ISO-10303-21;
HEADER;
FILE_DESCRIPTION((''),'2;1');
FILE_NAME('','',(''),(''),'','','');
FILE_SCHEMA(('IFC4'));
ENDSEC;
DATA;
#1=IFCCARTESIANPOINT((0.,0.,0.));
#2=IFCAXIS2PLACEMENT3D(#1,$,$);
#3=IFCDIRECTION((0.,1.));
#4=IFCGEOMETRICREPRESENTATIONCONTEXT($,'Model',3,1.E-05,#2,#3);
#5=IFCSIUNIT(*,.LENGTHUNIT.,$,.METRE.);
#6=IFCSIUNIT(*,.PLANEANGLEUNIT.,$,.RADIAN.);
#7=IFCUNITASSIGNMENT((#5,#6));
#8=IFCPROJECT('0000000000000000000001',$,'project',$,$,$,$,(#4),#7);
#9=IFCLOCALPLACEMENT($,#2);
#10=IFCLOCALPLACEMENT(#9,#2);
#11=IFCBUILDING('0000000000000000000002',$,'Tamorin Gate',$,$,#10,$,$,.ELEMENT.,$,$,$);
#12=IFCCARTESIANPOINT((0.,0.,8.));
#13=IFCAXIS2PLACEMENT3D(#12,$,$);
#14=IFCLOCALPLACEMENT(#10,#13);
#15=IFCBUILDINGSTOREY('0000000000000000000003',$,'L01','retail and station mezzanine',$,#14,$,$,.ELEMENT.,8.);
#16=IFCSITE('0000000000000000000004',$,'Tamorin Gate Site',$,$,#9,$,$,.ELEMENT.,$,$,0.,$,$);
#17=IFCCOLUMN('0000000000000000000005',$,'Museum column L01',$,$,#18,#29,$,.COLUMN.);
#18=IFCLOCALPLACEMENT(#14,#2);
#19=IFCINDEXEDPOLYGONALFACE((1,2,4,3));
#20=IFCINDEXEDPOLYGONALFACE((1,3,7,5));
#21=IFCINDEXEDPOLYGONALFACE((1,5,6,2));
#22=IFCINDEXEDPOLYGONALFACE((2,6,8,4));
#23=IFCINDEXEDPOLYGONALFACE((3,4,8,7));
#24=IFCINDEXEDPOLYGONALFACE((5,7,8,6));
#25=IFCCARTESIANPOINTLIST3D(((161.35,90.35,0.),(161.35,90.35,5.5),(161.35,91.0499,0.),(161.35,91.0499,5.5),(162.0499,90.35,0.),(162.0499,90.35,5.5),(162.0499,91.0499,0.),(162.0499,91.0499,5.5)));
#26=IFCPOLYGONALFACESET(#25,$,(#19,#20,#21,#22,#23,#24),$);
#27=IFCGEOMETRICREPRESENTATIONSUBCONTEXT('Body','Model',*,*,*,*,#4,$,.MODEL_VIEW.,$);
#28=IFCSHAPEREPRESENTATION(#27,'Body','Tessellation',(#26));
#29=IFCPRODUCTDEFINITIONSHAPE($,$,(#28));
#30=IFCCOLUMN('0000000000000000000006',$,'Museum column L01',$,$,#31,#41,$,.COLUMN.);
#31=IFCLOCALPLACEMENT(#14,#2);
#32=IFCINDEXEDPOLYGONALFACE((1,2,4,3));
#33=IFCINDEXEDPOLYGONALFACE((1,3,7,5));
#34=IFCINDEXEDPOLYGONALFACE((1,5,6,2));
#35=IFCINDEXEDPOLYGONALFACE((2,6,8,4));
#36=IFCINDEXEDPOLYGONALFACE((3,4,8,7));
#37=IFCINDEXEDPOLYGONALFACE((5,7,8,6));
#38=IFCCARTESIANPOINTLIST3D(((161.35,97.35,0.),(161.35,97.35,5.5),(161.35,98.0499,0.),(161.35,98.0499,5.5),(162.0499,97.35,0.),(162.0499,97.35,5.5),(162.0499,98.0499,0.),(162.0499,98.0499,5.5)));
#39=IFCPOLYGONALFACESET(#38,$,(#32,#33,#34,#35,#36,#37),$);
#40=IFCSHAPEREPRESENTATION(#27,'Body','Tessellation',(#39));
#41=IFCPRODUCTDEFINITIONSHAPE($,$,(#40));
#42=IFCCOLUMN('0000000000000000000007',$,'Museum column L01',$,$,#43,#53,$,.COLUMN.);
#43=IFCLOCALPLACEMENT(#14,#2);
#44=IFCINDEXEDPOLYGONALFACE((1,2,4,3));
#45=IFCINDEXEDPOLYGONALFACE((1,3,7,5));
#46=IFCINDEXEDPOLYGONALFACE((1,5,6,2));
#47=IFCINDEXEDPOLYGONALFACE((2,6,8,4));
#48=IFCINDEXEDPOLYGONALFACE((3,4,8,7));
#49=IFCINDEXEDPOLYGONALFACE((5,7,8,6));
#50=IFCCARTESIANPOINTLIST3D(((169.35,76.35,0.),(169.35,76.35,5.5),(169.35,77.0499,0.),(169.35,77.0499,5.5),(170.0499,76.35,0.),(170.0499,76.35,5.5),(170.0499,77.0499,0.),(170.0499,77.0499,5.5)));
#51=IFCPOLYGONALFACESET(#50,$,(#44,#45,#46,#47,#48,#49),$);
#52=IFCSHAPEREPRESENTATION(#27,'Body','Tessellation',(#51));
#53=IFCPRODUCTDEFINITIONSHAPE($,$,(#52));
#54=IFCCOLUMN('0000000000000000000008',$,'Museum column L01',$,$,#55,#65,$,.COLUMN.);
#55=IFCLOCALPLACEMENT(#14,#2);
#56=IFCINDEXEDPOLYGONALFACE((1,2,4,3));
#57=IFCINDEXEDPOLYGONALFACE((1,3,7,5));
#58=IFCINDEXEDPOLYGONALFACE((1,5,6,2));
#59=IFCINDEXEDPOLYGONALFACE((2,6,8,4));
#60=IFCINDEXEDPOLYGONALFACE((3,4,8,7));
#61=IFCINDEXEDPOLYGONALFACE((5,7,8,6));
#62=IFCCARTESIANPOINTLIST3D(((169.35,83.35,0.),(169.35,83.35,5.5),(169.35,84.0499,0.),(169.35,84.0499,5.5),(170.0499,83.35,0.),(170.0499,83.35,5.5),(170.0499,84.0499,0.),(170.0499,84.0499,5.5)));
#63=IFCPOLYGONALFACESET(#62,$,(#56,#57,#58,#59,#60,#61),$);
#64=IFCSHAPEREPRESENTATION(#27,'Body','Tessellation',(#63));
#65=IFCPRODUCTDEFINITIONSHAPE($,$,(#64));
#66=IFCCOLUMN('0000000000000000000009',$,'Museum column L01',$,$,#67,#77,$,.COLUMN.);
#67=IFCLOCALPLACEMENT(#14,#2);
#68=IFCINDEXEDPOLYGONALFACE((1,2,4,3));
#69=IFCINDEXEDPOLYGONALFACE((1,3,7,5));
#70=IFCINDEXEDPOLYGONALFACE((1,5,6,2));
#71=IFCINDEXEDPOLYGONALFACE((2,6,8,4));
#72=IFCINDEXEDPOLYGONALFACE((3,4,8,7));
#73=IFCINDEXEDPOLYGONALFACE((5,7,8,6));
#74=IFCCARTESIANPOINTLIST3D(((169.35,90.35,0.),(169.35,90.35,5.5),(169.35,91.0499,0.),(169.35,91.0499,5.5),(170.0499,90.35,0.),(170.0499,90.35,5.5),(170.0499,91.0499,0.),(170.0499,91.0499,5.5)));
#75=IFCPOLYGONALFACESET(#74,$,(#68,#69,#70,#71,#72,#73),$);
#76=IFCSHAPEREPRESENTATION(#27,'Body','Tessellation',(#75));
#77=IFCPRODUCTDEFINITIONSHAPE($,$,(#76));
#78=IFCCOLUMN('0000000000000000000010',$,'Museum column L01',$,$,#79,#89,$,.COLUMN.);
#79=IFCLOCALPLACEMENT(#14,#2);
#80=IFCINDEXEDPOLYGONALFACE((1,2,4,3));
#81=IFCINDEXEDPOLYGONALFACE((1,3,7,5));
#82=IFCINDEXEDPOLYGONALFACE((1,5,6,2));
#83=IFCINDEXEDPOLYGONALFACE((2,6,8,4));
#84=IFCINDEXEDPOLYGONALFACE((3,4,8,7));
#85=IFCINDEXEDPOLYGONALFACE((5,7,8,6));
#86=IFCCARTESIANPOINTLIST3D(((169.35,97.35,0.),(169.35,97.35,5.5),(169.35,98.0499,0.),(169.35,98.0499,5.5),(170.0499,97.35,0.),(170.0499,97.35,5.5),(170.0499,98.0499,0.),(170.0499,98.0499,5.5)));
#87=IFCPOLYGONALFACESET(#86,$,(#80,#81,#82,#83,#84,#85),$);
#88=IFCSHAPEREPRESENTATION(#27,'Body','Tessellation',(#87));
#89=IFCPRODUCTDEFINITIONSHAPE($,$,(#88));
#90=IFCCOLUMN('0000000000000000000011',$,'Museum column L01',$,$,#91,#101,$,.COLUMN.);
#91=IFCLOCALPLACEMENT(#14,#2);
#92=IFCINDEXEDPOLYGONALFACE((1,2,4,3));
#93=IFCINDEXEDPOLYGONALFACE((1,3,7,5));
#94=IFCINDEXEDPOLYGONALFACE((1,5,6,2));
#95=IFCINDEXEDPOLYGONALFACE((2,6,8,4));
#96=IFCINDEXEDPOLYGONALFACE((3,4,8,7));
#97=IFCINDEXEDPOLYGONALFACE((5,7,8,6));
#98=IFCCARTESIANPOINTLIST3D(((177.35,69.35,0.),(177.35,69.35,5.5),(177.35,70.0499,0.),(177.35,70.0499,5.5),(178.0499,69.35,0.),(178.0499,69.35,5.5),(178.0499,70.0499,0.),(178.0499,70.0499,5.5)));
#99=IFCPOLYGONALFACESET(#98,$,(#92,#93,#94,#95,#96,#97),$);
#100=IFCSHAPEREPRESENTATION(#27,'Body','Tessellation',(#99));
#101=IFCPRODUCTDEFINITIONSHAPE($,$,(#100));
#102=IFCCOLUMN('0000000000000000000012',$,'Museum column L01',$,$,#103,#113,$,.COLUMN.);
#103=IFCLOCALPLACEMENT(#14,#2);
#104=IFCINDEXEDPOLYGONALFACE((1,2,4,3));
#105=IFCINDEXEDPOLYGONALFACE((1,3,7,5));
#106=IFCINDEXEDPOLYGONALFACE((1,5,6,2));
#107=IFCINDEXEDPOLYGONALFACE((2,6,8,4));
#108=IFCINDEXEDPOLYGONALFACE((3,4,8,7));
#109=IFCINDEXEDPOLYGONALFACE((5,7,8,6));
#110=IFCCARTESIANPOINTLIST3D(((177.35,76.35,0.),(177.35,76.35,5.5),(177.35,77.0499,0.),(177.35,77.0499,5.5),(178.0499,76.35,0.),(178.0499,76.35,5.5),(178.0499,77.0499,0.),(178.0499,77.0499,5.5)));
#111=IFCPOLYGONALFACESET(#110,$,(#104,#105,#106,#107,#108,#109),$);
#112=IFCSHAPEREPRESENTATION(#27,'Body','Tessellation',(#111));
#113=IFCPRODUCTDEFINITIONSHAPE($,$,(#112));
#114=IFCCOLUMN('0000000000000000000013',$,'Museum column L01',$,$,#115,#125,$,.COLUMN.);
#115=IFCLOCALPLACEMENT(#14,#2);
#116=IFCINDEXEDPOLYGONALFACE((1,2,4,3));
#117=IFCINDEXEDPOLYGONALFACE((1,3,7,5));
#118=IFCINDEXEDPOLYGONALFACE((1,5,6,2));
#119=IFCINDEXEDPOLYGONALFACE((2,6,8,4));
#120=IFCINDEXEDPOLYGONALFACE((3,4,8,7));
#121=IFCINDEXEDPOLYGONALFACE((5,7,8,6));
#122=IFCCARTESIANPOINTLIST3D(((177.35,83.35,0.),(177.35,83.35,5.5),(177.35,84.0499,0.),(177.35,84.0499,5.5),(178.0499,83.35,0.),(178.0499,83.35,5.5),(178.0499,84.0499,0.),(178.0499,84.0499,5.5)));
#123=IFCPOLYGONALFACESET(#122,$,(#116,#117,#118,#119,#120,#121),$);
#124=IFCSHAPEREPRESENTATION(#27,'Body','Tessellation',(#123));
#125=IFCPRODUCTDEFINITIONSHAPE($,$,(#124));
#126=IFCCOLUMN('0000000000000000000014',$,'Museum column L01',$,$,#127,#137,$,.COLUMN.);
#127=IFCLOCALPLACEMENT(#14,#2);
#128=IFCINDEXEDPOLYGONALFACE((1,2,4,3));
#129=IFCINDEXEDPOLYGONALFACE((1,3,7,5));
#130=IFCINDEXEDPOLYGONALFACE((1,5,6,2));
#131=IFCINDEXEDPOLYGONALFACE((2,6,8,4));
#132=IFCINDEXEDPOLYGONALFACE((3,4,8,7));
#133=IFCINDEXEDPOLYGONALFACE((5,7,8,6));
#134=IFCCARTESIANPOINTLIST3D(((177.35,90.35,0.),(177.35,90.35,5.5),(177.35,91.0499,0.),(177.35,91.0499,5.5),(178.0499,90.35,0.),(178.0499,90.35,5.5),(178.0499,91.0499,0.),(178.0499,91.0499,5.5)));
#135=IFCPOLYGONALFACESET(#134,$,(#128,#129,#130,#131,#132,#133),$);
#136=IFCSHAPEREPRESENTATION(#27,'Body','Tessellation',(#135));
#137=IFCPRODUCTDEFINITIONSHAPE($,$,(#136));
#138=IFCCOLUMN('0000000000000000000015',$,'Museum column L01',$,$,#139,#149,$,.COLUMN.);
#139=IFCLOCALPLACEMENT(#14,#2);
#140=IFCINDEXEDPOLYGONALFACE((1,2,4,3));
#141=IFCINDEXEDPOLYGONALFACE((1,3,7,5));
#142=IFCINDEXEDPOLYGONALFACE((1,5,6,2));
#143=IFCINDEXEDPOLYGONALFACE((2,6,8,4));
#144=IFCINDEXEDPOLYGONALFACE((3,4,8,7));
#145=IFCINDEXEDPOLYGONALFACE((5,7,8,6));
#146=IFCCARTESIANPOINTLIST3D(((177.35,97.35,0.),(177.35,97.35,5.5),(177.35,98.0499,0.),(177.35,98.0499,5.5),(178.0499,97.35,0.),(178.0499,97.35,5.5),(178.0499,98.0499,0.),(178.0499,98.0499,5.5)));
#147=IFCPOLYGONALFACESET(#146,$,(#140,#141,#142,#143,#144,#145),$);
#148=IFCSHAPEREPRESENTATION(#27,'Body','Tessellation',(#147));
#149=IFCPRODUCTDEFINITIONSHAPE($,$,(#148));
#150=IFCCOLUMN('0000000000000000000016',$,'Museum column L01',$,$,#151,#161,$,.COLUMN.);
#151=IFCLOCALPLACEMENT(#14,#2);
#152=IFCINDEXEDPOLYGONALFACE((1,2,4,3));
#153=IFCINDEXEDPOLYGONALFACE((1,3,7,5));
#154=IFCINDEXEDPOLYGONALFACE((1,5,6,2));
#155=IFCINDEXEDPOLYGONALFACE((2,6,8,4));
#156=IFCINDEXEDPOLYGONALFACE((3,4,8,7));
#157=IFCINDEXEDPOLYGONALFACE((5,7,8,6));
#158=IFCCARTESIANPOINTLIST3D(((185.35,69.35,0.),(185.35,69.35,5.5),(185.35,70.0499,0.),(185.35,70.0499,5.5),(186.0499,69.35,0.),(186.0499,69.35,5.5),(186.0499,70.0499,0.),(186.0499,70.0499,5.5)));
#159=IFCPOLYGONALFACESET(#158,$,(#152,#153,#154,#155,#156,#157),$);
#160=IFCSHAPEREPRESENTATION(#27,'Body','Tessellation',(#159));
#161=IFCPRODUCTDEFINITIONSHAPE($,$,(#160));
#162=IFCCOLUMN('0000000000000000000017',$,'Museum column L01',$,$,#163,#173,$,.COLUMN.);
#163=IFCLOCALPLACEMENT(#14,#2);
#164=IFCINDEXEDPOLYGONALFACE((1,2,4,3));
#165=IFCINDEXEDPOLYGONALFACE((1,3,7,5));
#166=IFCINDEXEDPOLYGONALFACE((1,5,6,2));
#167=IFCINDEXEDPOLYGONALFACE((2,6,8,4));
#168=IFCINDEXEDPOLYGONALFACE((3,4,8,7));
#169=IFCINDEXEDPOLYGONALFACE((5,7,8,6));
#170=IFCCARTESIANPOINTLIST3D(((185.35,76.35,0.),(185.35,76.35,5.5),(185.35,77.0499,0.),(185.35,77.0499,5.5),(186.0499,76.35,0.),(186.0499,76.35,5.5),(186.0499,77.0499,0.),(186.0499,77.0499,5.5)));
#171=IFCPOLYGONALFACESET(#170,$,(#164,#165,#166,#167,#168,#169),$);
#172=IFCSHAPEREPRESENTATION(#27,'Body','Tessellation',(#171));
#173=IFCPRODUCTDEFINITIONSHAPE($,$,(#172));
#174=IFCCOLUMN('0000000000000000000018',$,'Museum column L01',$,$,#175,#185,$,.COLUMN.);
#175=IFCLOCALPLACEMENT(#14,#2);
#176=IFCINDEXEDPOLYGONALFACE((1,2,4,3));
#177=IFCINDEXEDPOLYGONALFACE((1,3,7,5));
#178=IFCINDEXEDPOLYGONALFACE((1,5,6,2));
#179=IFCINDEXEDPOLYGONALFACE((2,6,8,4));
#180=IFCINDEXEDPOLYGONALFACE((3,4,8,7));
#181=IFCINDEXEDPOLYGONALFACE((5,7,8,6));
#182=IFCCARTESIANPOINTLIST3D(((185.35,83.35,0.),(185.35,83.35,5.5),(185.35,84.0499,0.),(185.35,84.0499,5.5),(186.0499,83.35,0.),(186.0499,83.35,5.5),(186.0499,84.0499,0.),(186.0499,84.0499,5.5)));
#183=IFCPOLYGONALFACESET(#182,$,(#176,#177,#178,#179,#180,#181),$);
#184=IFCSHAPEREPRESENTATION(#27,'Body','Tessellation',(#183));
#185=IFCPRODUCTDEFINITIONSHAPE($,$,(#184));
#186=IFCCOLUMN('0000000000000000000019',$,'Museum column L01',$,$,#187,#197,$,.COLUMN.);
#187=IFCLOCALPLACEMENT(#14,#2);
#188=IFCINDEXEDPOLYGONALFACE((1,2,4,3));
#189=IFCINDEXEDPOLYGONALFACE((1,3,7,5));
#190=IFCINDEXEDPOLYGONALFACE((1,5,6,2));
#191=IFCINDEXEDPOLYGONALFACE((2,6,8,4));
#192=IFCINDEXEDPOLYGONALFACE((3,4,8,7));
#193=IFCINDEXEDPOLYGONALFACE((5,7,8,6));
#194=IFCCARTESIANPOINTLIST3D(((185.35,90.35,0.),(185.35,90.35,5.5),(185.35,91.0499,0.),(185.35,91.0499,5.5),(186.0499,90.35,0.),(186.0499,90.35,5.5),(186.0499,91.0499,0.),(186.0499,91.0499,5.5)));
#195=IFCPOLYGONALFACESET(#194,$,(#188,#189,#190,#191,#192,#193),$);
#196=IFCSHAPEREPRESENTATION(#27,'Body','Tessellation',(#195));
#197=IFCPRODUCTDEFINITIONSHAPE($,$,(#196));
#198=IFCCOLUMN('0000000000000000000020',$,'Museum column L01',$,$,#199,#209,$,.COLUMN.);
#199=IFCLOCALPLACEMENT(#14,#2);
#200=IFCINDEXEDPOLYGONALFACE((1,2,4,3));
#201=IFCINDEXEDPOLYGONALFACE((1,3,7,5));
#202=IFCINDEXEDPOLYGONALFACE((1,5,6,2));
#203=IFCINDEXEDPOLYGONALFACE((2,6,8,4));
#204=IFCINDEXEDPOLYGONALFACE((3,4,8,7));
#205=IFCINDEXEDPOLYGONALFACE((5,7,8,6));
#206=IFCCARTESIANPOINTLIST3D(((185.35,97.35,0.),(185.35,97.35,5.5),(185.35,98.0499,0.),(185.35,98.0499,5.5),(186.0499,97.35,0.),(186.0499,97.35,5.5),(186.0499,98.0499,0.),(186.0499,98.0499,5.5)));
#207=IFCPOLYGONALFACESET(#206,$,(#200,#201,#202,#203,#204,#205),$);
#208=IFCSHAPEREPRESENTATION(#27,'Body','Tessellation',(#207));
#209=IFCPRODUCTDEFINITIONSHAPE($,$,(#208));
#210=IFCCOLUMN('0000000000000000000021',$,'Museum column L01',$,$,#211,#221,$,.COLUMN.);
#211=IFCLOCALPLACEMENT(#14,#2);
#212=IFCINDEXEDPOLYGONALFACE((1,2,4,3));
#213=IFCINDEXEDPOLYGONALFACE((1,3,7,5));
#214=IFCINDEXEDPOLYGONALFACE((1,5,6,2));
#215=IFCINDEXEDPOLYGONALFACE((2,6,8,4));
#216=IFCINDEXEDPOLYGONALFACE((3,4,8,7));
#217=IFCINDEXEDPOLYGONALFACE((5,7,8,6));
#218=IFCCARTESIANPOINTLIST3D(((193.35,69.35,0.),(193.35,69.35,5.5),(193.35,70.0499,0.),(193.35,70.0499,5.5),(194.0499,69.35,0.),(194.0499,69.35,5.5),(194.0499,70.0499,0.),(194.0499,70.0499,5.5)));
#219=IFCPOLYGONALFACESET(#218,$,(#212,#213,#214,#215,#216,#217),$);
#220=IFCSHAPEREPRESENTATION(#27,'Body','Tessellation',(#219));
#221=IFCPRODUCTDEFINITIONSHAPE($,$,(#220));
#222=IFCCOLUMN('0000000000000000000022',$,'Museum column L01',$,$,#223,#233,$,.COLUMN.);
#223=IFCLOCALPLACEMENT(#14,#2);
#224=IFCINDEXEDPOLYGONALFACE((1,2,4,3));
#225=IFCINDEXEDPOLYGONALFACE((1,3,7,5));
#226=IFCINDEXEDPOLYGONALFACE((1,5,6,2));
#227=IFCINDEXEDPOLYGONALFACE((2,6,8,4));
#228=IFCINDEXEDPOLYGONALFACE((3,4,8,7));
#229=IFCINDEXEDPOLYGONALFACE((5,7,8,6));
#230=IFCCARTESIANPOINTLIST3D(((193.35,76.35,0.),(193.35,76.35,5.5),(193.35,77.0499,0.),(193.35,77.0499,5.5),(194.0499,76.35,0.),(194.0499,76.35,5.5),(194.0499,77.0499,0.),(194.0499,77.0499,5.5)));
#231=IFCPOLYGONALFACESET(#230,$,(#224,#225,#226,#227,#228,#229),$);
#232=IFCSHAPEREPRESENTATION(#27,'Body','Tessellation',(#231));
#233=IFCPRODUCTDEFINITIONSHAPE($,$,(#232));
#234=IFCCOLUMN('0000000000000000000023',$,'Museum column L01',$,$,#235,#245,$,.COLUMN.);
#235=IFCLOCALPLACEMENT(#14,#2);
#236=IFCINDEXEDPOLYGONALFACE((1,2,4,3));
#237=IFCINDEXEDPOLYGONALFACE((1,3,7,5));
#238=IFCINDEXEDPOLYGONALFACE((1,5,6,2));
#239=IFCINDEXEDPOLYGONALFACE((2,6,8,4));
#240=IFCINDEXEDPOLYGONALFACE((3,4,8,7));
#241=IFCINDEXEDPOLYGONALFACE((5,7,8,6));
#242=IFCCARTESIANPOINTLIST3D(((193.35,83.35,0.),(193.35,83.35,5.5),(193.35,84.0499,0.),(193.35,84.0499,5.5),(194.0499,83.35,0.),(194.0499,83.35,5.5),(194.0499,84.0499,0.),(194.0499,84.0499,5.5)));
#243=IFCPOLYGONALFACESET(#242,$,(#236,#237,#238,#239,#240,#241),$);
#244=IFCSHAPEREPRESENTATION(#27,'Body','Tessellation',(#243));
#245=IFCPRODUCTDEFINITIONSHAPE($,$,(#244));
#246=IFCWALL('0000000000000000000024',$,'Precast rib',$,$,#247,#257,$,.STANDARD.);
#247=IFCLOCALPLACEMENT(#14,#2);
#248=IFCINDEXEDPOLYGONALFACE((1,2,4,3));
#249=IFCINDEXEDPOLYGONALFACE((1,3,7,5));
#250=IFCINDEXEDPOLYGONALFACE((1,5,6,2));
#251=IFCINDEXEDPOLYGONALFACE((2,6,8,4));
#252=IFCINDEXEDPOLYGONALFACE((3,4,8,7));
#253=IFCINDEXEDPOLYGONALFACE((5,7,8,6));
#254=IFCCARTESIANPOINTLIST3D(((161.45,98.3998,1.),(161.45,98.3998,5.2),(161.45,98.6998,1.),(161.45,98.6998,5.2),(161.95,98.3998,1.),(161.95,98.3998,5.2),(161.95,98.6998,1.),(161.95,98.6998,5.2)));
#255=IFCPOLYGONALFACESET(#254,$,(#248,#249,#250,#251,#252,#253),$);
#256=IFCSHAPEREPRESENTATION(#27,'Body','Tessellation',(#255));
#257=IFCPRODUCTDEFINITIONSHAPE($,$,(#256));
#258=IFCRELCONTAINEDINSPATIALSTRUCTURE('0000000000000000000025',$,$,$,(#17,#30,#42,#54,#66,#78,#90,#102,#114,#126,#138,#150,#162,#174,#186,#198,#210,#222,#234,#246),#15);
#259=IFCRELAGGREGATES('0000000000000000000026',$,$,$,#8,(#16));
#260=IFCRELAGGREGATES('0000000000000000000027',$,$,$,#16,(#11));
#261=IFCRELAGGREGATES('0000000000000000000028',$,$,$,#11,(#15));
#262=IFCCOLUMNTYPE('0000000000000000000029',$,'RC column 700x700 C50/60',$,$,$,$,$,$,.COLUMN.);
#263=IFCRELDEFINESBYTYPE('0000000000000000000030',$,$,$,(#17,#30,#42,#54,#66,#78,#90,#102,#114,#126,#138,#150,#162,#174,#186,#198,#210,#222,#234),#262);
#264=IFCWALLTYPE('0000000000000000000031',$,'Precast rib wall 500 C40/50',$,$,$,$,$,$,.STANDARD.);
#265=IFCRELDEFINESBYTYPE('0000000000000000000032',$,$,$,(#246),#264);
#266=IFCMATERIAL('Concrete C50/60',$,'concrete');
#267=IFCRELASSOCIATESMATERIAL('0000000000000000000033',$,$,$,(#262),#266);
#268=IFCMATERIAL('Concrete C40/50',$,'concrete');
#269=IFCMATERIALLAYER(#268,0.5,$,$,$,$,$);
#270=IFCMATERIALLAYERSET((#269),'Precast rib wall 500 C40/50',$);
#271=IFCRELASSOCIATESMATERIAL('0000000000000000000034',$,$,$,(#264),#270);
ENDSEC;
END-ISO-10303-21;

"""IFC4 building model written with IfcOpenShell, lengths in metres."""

from ifc_helpers import new_model, si_unit, direction, frame, frame_2d, origin, origin_2d, place, context, subcontext, project, spatial, rectangle, extrude, material, layer, layer_set, material_profile, profile_set, type_object, element, save


model = new_model("IFC4")

# Units and contexts
model_context = context("Model", 3, precision=1e-05, world=origin(), true_north=direction((0.0, 1.0)))
body_context = subcontext(model_context, "Body", "Model", "MODEL_VIEW")
ifc_project = project(units=[si_unit("LENGTHUNIT", "METRE"), si_unit("PLANEANGLEUNIT", "RADIAN")], contexts=[model_context])

# Site, building, storey
site_placement = place(None, origin())
site = spatial("IfcSite", under=ifc_project, at=site_placement, Name="Tamorin Gate Site", CompositionType="ELEMENT", RefElevation=0.0)
building_placement = place(site_placement, origin())
building = spatial("IfcBuilding", under=site, at=building_placement, Name="Tamorin Gate", CompositionType="ELEMENT")
storey_placement = place(building_placement, frame((0.0, 0.0, 8.0)))
storey = spatial("IfcBuildingStorey", under=building, at=storey_placement, Name="L01", Description="retail and station mezzanine", CompositionType="ELEMENT", Elevation=8.0)

# Columns
ifc_material_1 = material(Name="Concrete C50/60", Category="concrete")
ifc_material_profile = material_profile(ifc_material_1, rectangle(XDim=0.7, YDim=0.7, at=origin_2d()), Name="RC 700x700")
ifc_profile_set = profile_set([ifc_material_profile], Name="Concrete C50/60")
column_type = type_object("IfcColumnType", Name="RC column 700x700 C50/60", PredefinedType="COLUMN", material=ifc_profile_set)
for number, where, z_axis, x_axis, name in (
    (1, (161.7, 90.7, 0.0), (0.0, 0.0, 1.0), (1.0, 0.0, 0.0), "Museum column L01"),
    (2, (161.7, 97.7, 0.0), (0.0, 0.0, 1.0), (1.0, 0.0, 0.0), "Museum column L01"),
    (3, (169.7, 76.7, 0.0), (0.0, 0.0, 1.0), (1.0, 0.0, 0.0), "Museum column L01"),
    (4, (169.7, 83.7, 0.0), (0.0, 0.0, 1.0), (1.0, 0.0, 0.0), "Museum column L01"),
    (5, (169.7, 90.7, 0.0), (0.0, 0.0, 1.0), (1.0, 0.0, 0.0), "Museum column L01"),
    (6, (169.7, 97.7, 0.0), (0.0, 0.0, 1.0), (1.0, 0.0, 0.0), "Museum column L01"),
    (7, (177.7, 69.7, 0.0), (0.0, 0.0, 1.0), (1.0, 0.0, 0.0), "Museum column L01"),
    (8, (177.7, 76.7, 0.0), (0.0, 0.0, 1.0), (1.0, 0.0, 0.0), "Museum column L01"),
    (9, (177.7, 83.7, 0.0), (0.0, 0.0, 1.0), (1.0, 0.0, 0.0), "Museum column L01"),
    (10, (177.7, 90.7, 0.0), (0.0, 0.0, 1.0), (1.0, 0.0, 0.0), "Museum column L01"),
    (11, (177.7, 97.7, 0.0), (0.0, 0.0, 1.0), (1.0, 0.0, 0.0), "Museum column L01"),
    (12, (185.7, 69.7, 0.0), (0.0, 0.0, 1.0), (1.0, 0.0, 0.0), "Museum column L01"),
    (13, (185.7, 76.7, 0.0), (0.0, 0.0, 1.0), (1.0, 0.0, 0.0), "Museum column L01"),
    (14, (185.7, 83.7, 0.0), (0.0, 0.0, 1.0), (1.0, 0.0, 0.0), "Museum column L01"),
    (15, (185.7, 90.7, 0.0), (0.0, 0.0, 1.0), (1.0, 0.0, 0.0), "Museum column L01"),
    (16, (185.7, 97.7, 0.0), (0.0, 0.0, 1.0), (1.0, 0.0, 0.0), "Museum column L01"),
    (17, (193.7, 69.7, 0.0), (0.0, 0.0, 1.0), (1.0, 0.0, 0.0), "Museum column L01"),
    (18, (193.7, 76.7, 0.0), (0.0, 0.0, 1.0), (1.0, 0.0, 0.0), "Museum column L01"),
    (19, (193.7, 83.7, 0.0), (0.0, 0.0, 1.0), (1.0, 0.0, 0.0), "Museum column L01"),
):
    element("IfcColumn", number, at=place(storey_placement, frame(where, z_axis=z_axis, x_axis=x_axis)), inside=storey, type_object=column_type, Name=name, PredefinedType="COLUMN", context=body_context, shape_type="SweptSolid", body=[
        extrude(rectangle(XDim=0.7, YDim=0.7, at=origin_2d()), origin(), (0.0, 0.0, 1.0), 5.5),
    ])

# Wall
ifc_material_2 = material(Name="Concrete C40/50", Category="concrete")
ifc_layer = layer(ifc_material_2, 0.5)
ifc_layer_set = layer_set([ifc_layer], Name="Precast rib wall 500 C40/50")
wall_type = type_object("IfcWallType", Name="Precast rib wall 500 C40/50", PredefinedType="STANDARD", material=ifc_layer_set)
for number, where, z_axis, x_axis, name in (
    (20, (161.7, 98.3999, 1.0), (0.0, 0.0, 1.0), (0.0, 1.0, 0.0), "Precast rib"),
):
    element("IfcWall", number, at=place(storey_placement, frame(where, z_axis=z_axis, x_axis=x_axis)), inside=storey, type_object=wall_type, Name=name, PredefinedType="STANDARD", context=body_context, shape_type="SweptSolid", body=[
        extrude(rectangle(XDim=0.3, YDim=0.5, at=frame_2d((0.1499, 0.0))), origin(), (0.0, 0.0, 1.0), 4.2),
    ])

save(model, "model.ifc")
